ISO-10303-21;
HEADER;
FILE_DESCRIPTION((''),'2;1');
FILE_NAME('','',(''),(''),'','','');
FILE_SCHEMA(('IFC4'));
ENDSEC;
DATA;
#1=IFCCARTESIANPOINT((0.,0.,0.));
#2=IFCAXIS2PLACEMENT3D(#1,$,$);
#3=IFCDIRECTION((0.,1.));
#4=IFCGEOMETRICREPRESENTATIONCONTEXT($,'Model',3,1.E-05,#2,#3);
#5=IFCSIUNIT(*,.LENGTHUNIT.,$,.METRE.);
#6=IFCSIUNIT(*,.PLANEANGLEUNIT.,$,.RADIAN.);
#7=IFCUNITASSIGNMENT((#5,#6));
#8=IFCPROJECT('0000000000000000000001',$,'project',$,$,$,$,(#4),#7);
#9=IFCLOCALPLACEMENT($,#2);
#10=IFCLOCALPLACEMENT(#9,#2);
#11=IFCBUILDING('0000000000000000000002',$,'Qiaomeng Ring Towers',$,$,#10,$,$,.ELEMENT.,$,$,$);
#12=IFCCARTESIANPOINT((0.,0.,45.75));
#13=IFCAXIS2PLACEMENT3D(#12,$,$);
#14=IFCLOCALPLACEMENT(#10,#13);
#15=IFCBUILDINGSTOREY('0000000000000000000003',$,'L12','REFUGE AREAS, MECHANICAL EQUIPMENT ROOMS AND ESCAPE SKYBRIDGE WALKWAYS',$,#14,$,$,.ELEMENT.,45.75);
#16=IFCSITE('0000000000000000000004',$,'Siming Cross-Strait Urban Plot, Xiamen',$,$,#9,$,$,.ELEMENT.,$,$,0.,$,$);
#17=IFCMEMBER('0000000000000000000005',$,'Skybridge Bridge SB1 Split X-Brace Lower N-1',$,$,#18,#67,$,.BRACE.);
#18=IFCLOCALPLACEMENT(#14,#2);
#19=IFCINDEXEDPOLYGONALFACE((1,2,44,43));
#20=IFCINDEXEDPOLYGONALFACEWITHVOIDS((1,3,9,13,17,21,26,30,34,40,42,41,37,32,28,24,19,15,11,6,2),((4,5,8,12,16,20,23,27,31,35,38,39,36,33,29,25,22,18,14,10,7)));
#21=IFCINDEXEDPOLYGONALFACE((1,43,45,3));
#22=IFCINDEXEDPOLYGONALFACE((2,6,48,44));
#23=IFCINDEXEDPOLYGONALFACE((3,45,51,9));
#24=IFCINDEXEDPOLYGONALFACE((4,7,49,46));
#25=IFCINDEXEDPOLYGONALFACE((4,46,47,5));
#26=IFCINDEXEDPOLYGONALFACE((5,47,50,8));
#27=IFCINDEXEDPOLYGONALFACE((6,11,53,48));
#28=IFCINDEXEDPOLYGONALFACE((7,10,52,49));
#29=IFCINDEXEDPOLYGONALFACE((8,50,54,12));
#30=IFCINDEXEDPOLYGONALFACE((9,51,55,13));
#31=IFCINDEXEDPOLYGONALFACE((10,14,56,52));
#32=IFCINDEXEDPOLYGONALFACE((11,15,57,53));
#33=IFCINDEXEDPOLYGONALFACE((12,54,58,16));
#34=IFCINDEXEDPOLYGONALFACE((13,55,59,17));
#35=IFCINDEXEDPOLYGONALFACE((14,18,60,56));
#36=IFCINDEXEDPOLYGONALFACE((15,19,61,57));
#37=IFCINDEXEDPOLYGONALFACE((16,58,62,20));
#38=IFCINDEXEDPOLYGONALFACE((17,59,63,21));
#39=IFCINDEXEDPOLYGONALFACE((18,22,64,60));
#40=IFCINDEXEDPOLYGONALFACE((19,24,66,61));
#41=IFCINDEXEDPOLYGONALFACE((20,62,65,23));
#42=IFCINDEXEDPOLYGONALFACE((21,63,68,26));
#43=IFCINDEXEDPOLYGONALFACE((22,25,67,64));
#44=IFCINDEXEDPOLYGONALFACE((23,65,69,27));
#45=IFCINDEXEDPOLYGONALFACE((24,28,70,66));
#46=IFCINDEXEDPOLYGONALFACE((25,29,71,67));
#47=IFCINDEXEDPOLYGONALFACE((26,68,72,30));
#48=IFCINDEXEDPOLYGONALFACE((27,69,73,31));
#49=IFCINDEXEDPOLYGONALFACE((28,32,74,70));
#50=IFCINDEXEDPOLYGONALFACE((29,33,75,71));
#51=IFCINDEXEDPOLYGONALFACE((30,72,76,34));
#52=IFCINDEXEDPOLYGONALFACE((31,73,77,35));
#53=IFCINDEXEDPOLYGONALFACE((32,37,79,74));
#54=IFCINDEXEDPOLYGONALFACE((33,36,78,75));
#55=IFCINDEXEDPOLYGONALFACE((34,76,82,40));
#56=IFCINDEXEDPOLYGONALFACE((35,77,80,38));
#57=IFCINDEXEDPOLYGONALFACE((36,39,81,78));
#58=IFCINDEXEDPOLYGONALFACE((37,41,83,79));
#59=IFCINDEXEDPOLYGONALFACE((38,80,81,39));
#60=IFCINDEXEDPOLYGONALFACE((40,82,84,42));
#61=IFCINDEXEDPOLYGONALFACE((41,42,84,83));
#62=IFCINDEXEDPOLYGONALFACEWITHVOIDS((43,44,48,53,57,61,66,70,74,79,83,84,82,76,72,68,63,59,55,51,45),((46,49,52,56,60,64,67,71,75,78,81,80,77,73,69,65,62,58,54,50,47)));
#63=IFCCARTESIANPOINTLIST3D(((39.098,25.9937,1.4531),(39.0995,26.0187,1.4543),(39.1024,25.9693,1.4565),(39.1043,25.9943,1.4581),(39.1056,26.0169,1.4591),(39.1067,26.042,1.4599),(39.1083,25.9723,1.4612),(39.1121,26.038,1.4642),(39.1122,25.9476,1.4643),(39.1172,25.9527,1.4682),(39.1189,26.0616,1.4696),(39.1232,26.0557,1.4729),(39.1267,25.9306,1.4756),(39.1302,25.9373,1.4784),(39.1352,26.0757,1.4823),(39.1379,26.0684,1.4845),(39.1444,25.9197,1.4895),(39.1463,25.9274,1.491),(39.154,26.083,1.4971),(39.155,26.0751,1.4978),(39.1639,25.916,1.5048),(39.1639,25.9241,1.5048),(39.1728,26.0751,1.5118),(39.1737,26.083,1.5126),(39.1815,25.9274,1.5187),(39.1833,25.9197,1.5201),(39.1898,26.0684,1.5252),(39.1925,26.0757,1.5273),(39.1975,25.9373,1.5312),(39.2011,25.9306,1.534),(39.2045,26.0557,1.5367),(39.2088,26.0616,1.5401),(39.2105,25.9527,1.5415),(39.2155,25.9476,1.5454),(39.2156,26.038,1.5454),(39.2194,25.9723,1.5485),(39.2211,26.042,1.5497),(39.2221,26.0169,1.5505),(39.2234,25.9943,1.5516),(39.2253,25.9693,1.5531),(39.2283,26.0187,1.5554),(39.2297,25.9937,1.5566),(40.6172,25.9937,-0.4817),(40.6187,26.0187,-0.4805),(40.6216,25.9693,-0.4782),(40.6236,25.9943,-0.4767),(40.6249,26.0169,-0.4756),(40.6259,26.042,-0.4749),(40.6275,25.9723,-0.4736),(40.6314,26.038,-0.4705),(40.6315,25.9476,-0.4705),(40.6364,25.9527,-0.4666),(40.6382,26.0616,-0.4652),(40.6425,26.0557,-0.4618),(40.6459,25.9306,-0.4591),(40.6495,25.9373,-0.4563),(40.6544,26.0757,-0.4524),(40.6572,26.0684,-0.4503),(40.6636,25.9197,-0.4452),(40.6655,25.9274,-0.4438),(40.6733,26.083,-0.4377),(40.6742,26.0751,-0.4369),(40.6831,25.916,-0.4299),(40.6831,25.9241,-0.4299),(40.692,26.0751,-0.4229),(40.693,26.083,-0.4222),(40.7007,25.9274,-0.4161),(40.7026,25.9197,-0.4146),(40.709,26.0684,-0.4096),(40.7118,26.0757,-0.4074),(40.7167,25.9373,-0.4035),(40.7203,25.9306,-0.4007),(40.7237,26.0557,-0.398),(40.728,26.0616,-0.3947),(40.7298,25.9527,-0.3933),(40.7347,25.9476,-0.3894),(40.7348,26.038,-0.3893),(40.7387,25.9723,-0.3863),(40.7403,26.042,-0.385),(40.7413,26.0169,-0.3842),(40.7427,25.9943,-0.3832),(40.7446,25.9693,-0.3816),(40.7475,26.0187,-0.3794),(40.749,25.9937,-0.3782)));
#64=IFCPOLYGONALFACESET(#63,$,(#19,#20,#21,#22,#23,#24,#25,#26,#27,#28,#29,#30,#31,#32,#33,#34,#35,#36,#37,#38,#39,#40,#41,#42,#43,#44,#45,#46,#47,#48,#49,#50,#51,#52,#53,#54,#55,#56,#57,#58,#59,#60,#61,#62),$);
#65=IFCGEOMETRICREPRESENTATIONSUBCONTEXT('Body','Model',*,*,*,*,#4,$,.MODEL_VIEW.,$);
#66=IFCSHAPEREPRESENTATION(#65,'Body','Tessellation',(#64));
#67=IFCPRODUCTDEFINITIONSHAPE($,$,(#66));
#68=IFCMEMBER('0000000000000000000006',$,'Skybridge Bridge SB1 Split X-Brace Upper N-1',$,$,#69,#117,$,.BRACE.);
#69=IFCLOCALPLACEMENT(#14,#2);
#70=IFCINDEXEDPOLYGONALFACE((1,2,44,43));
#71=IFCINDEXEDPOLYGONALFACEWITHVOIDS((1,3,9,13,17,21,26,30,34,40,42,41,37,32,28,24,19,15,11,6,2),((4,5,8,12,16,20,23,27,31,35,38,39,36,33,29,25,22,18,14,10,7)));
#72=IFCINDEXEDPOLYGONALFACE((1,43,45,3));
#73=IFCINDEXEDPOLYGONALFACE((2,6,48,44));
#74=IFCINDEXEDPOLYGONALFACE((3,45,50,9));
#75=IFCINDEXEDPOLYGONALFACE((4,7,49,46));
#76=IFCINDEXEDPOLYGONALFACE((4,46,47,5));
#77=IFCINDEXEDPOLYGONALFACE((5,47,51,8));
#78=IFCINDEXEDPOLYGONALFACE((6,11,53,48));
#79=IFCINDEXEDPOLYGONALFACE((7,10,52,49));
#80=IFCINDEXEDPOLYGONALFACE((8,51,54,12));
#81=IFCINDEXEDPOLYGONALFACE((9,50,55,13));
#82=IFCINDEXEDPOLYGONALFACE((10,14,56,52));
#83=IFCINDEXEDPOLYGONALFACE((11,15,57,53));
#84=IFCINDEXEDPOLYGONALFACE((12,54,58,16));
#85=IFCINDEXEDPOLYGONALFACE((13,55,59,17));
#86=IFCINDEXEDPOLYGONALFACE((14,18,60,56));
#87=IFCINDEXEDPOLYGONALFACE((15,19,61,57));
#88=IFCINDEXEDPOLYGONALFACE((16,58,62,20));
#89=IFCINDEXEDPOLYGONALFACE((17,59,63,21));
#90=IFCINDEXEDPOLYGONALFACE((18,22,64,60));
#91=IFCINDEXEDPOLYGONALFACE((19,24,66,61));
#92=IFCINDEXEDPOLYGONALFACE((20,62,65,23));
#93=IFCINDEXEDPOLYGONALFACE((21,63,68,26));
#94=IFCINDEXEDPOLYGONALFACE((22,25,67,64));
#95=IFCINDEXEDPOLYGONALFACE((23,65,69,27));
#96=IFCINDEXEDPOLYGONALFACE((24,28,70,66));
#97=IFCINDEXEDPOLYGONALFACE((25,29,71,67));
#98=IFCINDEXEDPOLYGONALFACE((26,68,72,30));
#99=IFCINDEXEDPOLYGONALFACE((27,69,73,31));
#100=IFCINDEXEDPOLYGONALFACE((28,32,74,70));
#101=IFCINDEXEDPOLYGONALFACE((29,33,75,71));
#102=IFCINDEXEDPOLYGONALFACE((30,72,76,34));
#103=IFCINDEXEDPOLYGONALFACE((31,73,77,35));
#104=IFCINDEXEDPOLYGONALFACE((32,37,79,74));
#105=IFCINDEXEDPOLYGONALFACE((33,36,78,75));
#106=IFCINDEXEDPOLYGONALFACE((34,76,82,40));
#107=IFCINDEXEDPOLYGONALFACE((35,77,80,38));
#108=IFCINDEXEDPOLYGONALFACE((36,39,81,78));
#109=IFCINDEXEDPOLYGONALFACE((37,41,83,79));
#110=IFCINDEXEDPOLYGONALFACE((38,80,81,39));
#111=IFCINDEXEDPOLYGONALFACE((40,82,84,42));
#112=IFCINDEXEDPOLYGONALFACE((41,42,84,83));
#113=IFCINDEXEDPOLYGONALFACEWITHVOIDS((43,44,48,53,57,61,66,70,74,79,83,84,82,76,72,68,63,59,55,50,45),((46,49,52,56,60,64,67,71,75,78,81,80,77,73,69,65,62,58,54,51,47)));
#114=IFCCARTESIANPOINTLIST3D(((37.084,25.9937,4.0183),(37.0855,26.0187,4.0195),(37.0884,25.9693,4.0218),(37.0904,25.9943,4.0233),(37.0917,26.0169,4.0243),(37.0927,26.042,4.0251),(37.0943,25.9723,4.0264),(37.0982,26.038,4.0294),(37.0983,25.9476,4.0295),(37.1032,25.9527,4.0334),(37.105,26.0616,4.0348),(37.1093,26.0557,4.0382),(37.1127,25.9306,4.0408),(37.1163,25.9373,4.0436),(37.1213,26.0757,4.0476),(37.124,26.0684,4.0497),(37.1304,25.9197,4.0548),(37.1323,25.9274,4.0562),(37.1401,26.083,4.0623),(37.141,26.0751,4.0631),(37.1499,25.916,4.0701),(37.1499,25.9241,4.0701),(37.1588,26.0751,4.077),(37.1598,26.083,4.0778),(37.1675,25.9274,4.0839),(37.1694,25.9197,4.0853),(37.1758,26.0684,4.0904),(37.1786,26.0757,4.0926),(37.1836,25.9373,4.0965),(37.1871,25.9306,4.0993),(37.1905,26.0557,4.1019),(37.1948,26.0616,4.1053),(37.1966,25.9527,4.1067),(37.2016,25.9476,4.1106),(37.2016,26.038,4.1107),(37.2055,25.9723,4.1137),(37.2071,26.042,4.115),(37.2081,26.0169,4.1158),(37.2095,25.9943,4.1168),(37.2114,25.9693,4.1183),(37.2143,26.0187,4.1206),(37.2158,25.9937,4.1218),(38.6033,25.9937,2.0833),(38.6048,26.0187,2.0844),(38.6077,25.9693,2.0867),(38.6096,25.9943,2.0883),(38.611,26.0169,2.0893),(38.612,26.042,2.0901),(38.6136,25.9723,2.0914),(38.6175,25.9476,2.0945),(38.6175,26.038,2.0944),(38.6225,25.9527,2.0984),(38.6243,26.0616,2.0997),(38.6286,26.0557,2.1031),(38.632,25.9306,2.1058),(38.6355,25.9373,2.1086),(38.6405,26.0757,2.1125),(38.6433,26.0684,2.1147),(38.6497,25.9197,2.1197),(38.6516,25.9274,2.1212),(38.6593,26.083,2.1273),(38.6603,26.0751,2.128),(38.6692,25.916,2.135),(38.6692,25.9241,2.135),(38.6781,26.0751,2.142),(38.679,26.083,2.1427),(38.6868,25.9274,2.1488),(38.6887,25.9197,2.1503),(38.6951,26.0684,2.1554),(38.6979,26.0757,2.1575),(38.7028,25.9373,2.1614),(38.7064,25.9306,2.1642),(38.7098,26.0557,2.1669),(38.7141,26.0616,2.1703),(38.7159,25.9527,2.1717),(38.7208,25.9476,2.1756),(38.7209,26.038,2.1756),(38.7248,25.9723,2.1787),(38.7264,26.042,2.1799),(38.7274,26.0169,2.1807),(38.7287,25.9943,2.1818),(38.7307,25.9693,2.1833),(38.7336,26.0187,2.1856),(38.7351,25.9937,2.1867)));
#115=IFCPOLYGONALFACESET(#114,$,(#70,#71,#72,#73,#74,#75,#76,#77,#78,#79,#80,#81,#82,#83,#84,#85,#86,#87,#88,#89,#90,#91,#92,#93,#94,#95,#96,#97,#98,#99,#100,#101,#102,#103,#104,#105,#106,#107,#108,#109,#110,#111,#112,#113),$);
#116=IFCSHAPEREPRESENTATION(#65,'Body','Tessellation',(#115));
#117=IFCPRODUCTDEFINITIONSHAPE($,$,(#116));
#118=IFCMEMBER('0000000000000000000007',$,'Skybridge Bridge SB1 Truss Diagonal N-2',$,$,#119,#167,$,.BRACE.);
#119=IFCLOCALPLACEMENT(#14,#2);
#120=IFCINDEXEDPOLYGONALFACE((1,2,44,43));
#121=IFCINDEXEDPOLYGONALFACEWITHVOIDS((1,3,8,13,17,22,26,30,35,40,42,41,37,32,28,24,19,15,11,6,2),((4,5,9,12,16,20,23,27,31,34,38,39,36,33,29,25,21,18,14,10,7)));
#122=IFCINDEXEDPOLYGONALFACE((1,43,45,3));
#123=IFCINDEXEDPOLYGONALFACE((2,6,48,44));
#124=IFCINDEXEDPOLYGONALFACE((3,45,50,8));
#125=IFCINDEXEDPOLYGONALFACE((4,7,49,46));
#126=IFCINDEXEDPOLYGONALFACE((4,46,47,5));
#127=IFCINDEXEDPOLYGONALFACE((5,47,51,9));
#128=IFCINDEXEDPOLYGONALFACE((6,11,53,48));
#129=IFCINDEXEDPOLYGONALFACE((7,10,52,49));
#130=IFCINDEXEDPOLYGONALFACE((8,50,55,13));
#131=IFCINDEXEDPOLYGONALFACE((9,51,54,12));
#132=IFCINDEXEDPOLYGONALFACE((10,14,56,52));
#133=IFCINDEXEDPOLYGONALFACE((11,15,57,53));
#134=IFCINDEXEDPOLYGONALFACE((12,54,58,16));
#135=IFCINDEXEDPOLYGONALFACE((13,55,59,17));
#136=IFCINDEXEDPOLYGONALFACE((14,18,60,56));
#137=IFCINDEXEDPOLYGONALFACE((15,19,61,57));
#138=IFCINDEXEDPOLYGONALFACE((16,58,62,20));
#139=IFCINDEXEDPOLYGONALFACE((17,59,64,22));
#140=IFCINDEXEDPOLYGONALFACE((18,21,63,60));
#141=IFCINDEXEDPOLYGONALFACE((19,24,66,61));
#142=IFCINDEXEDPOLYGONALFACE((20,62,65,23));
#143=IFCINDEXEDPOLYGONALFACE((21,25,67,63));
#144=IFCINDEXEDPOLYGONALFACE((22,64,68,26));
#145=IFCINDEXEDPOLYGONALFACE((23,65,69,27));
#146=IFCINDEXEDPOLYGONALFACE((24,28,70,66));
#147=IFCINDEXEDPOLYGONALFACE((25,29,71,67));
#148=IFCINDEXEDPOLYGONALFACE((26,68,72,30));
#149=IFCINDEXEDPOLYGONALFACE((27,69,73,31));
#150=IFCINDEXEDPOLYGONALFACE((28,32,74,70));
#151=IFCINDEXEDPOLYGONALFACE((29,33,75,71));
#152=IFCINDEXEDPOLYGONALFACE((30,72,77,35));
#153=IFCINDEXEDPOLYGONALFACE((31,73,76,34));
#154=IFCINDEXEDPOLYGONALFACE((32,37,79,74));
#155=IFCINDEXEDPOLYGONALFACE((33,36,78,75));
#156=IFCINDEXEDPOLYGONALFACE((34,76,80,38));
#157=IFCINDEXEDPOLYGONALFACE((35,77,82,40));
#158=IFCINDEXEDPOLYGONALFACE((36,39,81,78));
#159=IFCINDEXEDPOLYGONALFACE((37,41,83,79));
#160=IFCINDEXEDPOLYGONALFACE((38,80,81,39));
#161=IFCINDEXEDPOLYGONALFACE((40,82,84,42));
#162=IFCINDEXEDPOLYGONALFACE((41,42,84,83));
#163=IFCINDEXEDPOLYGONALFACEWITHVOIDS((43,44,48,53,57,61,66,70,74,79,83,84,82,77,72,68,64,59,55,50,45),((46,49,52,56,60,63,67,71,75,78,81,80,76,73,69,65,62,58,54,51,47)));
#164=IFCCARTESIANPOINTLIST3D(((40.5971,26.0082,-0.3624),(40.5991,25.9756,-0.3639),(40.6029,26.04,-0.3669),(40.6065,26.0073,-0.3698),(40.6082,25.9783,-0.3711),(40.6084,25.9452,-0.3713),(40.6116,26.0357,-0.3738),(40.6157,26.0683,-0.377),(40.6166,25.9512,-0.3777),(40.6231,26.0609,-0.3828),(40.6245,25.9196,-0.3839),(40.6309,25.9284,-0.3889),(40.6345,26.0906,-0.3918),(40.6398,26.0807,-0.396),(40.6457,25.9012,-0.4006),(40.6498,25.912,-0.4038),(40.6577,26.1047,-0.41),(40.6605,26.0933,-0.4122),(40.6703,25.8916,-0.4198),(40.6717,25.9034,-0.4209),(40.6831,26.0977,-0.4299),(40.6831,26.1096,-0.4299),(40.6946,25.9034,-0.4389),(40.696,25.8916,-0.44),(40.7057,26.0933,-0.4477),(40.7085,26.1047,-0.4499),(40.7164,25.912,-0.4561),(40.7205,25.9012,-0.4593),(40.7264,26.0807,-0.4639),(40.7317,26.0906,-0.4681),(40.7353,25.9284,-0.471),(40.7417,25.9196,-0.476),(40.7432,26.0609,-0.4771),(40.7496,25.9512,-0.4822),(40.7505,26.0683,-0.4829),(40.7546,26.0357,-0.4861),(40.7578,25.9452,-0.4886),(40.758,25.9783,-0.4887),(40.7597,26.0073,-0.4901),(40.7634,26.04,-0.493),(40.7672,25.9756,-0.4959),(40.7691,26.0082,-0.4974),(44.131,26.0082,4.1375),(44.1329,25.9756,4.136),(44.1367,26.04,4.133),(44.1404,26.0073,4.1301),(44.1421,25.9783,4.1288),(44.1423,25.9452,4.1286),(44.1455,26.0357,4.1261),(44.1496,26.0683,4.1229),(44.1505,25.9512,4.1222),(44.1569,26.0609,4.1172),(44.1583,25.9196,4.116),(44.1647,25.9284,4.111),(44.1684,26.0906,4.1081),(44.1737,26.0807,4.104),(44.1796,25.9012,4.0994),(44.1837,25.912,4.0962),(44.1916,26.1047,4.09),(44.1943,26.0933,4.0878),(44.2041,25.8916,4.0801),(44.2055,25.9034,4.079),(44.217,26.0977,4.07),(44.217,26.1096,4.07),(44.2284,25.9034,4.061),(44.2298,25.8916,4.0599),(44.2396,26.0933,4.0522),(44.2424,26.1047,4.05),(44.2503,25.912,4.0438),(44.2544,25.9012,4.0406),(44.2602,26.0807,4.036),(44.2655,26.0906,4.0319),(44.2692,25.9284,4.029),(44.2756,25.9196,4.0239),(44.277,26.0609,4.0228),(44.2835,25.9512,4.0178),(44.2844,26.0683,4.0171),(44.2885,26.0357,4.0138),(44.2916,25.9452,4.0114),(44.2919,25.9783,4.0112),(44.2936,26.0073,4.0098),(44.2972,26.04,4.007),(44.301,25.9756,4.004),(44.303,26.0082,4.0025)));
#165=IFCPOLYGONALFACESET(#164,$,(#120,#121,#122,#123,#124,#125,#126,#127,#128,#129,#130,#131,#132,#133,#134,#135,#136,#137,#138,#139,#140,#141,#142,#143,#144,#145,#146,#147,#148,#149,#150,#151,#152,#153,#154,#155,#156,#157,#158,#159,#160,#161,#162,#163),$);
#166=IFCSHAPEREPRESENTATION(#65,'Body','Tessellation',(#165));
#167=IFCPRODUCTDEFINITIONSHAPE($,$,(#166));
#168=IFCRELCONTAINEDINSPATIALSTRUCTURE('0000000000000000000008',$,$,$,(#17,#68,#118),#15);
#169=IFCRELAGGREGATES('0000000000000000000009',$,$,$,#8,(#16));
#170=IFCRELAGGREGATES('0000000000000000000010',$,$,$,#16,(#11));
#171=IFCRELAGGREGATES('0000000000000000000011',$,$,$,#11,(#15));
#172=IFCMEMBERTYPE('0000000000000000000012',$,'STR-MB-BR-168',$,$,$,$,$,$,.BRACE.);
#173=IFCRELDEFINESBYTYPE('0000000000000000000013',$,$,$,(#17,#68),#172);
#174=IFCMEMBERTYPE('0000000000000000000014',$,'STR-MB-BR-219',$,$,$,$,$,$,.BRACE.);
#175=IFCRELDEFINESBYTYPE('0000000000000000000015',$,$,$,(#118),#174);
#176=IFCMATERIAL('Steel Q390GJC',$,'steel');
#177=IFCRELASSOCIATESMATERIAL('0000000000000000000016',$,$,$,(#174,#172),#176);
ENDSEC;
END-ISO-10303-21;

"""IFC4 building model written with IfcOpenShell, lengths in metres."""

from ifc_helpers import new_model, si_unit, direction, frame, origin, origin_2d, place, context, subcontext, project, spatial, hollow_circle, extrude, source, transform, mapped, material, material_profile, profile_set, type_object, element, save


model = new_model("IFC4")

# Units and contexts
model_context = context("Model", 3, precision=1e-05, world=origin(), true_north=direction((0.0, 1.0)))
body_context = subcontext(model_context, "Body", "Model", "MODEL_VIEW")
ifc_project = project(units=[si_unit("LENGTHUNIT", "METRE"), si_unit("PLANEANGLEUNIT", "RADIAN")], contexts=[model_context])

# Site, building, storey
site_placement = place(None, origin())
site = spatial("IfcSite", under=ifc_project, at=site_placement, Name="Siming Cross-Strait Urban Plot, Xiamen", CompositionType="ELEMENT", RefElevation=0.0)
building_placement = place(site_placement, origin())
building = spatial("IfcBuilding", under=site, at=building_placement, Name="Qiaomeng Ring Towers", CompositionType="ELEMENT")
storey_placement = place(building_placement, frame((0.0, 0.0, 45.75)))
storey = spatial("IfcBuildingStorey", under=building, at=storey_placement, Name="L12", Description="REFUGE AREAS, MECHANICAL EQUIPMENT ROOMS AND ESCAPE SKYBRIDGE WALKWAYS", CompositionType="ELEMENT", Elevation=45.75)

# Members
ifc_material_1 = material(Name="Steel Q390GJC", Category="steel")
ifc_material_profile_1 = material_profile(ifc_material_1, hollow_circle(Radius=0.1096, WallThickness=0.012, at=origin_2d()), Name="CHS 219x12")
ifc_profile_set_1 = profile_set([ifc_material_profile_1], Name="Steel Q390GJC")
member_type_1 = type_object("IfcMemberType", Name="STR-MB-BR-219", PredefinedType="BRACE", material=ifc_profile_set_1)
ifc_material_profile_2 = material_profile(ifc_material_1, hollow_circle(Radius=0.084, WallThickness=0.0081, at=origin_2d()), Name="CHS 168x8")
ifc_profile_set_2 = profile_set([ifc_material_profile_2], Name="Steel Q390GJC")
member_type_2 = type_object("IfcMemberType", Name="STR-MB-BR-168", PredefinedType="BRACE", material=ifc_profile_set_2)
shared_shape_1 = source(origin(), body_context, "Body", "SweptSolid", [
    extrude(hollow_circle(Radius=0.084, WallThickness=0.0081, at=origin_2d()), origin(), (0.0, 0.0, 1.0), 2.46),
])
member_1_placement = place(storey_placement, frame((40.6831, 26.0, -0.4299), z_axis=(-0.617589, 0.0, 0.786501), x_axis=(0.0, -1.0, 0.0)))
element("IfcMember", 1, at=member_1_placement, inside=storey, type_object=member_type_2, Name="Skybridge Bridge SB1 Split X-Brace Lower N-1", PredefinedType="BRACE", context=body_context, shape_type="MappedRepresentation", body=[
    mapped(shared_shape_1, transform((0.0, 0.0, 0.0), x_axis=(1.0, 0.0, 0.0), y_axis=(0.0, 1.0, 0.0), z_axis=(0.0, 0.0, 1.0), scale=1.0)),
])
shared_shape_2 = source(origin(), body_context, "Body", "SweptSolid", [
    extrude(hollow_circle(Radius=0.084, WallThickness=0.0081, at=origin_2d()), origin(), (0.0, 0.0, 1.0), 2.4602),
])
member_2_placement = place(storey_placement, frame((38.6692, 26.0, 2.135), z_axis=(-0.617541, 0.0, 0.786539), x_axis=(0.0, -1.0, 0.0)))
element("IfcMember", 2, at=member_2_placement, inside=storey, type_object=member_type_2, Name="Skybridge Bridge SB1 Split X-Brace Upper N-1", PredefinedType="BRACE", context=body_context, shape_type="MappedRepresentation", body=[
    mapped(shared_shape_2, transform((0.0, 0.0, 0.0), x_axis=(1.0, 0.0, 0.0), y_axis=(0.0, 1.0, 0.0), z_axis=(0.0, 0.0, 1.0), scale=1.0)),
])
shared_shape_3 = source(origin(), body_context, "Body", "SweptSolid", [
    extrude(hollow_circle(Radius=0.1096, WallThickness=0.012, at=origin_2d()), origin(), (0.0, 0.0, 1.0), 5.7217),
])
member_3_placement = place(storey_placement, frame((40.6831, 26.0, -0.4299), z_axis=(0.617629, 0.0, 0.786469), x_axis=(0.0, 1.0, 0.0)))
element("IfcMember", 3, at=member_3_placement, inside=storey, type_object=member_type_1, Name="Skybridge Bridge SB1 Truss Diagonal N-2", PredefinedType="BRACE", context=body_context, shape_type="MappedRepresentation", body=[
    mapped(shared_shape_3, transform((0.0, 0.0, 0.0), x_axis=(1.0, 0.0, 0.0), y_axis=(0.0, 1.0, 0.0), z_axis=(0.0, 0.0, 1.0), scale=1.0)),
])

save(model, "model.ifc")
